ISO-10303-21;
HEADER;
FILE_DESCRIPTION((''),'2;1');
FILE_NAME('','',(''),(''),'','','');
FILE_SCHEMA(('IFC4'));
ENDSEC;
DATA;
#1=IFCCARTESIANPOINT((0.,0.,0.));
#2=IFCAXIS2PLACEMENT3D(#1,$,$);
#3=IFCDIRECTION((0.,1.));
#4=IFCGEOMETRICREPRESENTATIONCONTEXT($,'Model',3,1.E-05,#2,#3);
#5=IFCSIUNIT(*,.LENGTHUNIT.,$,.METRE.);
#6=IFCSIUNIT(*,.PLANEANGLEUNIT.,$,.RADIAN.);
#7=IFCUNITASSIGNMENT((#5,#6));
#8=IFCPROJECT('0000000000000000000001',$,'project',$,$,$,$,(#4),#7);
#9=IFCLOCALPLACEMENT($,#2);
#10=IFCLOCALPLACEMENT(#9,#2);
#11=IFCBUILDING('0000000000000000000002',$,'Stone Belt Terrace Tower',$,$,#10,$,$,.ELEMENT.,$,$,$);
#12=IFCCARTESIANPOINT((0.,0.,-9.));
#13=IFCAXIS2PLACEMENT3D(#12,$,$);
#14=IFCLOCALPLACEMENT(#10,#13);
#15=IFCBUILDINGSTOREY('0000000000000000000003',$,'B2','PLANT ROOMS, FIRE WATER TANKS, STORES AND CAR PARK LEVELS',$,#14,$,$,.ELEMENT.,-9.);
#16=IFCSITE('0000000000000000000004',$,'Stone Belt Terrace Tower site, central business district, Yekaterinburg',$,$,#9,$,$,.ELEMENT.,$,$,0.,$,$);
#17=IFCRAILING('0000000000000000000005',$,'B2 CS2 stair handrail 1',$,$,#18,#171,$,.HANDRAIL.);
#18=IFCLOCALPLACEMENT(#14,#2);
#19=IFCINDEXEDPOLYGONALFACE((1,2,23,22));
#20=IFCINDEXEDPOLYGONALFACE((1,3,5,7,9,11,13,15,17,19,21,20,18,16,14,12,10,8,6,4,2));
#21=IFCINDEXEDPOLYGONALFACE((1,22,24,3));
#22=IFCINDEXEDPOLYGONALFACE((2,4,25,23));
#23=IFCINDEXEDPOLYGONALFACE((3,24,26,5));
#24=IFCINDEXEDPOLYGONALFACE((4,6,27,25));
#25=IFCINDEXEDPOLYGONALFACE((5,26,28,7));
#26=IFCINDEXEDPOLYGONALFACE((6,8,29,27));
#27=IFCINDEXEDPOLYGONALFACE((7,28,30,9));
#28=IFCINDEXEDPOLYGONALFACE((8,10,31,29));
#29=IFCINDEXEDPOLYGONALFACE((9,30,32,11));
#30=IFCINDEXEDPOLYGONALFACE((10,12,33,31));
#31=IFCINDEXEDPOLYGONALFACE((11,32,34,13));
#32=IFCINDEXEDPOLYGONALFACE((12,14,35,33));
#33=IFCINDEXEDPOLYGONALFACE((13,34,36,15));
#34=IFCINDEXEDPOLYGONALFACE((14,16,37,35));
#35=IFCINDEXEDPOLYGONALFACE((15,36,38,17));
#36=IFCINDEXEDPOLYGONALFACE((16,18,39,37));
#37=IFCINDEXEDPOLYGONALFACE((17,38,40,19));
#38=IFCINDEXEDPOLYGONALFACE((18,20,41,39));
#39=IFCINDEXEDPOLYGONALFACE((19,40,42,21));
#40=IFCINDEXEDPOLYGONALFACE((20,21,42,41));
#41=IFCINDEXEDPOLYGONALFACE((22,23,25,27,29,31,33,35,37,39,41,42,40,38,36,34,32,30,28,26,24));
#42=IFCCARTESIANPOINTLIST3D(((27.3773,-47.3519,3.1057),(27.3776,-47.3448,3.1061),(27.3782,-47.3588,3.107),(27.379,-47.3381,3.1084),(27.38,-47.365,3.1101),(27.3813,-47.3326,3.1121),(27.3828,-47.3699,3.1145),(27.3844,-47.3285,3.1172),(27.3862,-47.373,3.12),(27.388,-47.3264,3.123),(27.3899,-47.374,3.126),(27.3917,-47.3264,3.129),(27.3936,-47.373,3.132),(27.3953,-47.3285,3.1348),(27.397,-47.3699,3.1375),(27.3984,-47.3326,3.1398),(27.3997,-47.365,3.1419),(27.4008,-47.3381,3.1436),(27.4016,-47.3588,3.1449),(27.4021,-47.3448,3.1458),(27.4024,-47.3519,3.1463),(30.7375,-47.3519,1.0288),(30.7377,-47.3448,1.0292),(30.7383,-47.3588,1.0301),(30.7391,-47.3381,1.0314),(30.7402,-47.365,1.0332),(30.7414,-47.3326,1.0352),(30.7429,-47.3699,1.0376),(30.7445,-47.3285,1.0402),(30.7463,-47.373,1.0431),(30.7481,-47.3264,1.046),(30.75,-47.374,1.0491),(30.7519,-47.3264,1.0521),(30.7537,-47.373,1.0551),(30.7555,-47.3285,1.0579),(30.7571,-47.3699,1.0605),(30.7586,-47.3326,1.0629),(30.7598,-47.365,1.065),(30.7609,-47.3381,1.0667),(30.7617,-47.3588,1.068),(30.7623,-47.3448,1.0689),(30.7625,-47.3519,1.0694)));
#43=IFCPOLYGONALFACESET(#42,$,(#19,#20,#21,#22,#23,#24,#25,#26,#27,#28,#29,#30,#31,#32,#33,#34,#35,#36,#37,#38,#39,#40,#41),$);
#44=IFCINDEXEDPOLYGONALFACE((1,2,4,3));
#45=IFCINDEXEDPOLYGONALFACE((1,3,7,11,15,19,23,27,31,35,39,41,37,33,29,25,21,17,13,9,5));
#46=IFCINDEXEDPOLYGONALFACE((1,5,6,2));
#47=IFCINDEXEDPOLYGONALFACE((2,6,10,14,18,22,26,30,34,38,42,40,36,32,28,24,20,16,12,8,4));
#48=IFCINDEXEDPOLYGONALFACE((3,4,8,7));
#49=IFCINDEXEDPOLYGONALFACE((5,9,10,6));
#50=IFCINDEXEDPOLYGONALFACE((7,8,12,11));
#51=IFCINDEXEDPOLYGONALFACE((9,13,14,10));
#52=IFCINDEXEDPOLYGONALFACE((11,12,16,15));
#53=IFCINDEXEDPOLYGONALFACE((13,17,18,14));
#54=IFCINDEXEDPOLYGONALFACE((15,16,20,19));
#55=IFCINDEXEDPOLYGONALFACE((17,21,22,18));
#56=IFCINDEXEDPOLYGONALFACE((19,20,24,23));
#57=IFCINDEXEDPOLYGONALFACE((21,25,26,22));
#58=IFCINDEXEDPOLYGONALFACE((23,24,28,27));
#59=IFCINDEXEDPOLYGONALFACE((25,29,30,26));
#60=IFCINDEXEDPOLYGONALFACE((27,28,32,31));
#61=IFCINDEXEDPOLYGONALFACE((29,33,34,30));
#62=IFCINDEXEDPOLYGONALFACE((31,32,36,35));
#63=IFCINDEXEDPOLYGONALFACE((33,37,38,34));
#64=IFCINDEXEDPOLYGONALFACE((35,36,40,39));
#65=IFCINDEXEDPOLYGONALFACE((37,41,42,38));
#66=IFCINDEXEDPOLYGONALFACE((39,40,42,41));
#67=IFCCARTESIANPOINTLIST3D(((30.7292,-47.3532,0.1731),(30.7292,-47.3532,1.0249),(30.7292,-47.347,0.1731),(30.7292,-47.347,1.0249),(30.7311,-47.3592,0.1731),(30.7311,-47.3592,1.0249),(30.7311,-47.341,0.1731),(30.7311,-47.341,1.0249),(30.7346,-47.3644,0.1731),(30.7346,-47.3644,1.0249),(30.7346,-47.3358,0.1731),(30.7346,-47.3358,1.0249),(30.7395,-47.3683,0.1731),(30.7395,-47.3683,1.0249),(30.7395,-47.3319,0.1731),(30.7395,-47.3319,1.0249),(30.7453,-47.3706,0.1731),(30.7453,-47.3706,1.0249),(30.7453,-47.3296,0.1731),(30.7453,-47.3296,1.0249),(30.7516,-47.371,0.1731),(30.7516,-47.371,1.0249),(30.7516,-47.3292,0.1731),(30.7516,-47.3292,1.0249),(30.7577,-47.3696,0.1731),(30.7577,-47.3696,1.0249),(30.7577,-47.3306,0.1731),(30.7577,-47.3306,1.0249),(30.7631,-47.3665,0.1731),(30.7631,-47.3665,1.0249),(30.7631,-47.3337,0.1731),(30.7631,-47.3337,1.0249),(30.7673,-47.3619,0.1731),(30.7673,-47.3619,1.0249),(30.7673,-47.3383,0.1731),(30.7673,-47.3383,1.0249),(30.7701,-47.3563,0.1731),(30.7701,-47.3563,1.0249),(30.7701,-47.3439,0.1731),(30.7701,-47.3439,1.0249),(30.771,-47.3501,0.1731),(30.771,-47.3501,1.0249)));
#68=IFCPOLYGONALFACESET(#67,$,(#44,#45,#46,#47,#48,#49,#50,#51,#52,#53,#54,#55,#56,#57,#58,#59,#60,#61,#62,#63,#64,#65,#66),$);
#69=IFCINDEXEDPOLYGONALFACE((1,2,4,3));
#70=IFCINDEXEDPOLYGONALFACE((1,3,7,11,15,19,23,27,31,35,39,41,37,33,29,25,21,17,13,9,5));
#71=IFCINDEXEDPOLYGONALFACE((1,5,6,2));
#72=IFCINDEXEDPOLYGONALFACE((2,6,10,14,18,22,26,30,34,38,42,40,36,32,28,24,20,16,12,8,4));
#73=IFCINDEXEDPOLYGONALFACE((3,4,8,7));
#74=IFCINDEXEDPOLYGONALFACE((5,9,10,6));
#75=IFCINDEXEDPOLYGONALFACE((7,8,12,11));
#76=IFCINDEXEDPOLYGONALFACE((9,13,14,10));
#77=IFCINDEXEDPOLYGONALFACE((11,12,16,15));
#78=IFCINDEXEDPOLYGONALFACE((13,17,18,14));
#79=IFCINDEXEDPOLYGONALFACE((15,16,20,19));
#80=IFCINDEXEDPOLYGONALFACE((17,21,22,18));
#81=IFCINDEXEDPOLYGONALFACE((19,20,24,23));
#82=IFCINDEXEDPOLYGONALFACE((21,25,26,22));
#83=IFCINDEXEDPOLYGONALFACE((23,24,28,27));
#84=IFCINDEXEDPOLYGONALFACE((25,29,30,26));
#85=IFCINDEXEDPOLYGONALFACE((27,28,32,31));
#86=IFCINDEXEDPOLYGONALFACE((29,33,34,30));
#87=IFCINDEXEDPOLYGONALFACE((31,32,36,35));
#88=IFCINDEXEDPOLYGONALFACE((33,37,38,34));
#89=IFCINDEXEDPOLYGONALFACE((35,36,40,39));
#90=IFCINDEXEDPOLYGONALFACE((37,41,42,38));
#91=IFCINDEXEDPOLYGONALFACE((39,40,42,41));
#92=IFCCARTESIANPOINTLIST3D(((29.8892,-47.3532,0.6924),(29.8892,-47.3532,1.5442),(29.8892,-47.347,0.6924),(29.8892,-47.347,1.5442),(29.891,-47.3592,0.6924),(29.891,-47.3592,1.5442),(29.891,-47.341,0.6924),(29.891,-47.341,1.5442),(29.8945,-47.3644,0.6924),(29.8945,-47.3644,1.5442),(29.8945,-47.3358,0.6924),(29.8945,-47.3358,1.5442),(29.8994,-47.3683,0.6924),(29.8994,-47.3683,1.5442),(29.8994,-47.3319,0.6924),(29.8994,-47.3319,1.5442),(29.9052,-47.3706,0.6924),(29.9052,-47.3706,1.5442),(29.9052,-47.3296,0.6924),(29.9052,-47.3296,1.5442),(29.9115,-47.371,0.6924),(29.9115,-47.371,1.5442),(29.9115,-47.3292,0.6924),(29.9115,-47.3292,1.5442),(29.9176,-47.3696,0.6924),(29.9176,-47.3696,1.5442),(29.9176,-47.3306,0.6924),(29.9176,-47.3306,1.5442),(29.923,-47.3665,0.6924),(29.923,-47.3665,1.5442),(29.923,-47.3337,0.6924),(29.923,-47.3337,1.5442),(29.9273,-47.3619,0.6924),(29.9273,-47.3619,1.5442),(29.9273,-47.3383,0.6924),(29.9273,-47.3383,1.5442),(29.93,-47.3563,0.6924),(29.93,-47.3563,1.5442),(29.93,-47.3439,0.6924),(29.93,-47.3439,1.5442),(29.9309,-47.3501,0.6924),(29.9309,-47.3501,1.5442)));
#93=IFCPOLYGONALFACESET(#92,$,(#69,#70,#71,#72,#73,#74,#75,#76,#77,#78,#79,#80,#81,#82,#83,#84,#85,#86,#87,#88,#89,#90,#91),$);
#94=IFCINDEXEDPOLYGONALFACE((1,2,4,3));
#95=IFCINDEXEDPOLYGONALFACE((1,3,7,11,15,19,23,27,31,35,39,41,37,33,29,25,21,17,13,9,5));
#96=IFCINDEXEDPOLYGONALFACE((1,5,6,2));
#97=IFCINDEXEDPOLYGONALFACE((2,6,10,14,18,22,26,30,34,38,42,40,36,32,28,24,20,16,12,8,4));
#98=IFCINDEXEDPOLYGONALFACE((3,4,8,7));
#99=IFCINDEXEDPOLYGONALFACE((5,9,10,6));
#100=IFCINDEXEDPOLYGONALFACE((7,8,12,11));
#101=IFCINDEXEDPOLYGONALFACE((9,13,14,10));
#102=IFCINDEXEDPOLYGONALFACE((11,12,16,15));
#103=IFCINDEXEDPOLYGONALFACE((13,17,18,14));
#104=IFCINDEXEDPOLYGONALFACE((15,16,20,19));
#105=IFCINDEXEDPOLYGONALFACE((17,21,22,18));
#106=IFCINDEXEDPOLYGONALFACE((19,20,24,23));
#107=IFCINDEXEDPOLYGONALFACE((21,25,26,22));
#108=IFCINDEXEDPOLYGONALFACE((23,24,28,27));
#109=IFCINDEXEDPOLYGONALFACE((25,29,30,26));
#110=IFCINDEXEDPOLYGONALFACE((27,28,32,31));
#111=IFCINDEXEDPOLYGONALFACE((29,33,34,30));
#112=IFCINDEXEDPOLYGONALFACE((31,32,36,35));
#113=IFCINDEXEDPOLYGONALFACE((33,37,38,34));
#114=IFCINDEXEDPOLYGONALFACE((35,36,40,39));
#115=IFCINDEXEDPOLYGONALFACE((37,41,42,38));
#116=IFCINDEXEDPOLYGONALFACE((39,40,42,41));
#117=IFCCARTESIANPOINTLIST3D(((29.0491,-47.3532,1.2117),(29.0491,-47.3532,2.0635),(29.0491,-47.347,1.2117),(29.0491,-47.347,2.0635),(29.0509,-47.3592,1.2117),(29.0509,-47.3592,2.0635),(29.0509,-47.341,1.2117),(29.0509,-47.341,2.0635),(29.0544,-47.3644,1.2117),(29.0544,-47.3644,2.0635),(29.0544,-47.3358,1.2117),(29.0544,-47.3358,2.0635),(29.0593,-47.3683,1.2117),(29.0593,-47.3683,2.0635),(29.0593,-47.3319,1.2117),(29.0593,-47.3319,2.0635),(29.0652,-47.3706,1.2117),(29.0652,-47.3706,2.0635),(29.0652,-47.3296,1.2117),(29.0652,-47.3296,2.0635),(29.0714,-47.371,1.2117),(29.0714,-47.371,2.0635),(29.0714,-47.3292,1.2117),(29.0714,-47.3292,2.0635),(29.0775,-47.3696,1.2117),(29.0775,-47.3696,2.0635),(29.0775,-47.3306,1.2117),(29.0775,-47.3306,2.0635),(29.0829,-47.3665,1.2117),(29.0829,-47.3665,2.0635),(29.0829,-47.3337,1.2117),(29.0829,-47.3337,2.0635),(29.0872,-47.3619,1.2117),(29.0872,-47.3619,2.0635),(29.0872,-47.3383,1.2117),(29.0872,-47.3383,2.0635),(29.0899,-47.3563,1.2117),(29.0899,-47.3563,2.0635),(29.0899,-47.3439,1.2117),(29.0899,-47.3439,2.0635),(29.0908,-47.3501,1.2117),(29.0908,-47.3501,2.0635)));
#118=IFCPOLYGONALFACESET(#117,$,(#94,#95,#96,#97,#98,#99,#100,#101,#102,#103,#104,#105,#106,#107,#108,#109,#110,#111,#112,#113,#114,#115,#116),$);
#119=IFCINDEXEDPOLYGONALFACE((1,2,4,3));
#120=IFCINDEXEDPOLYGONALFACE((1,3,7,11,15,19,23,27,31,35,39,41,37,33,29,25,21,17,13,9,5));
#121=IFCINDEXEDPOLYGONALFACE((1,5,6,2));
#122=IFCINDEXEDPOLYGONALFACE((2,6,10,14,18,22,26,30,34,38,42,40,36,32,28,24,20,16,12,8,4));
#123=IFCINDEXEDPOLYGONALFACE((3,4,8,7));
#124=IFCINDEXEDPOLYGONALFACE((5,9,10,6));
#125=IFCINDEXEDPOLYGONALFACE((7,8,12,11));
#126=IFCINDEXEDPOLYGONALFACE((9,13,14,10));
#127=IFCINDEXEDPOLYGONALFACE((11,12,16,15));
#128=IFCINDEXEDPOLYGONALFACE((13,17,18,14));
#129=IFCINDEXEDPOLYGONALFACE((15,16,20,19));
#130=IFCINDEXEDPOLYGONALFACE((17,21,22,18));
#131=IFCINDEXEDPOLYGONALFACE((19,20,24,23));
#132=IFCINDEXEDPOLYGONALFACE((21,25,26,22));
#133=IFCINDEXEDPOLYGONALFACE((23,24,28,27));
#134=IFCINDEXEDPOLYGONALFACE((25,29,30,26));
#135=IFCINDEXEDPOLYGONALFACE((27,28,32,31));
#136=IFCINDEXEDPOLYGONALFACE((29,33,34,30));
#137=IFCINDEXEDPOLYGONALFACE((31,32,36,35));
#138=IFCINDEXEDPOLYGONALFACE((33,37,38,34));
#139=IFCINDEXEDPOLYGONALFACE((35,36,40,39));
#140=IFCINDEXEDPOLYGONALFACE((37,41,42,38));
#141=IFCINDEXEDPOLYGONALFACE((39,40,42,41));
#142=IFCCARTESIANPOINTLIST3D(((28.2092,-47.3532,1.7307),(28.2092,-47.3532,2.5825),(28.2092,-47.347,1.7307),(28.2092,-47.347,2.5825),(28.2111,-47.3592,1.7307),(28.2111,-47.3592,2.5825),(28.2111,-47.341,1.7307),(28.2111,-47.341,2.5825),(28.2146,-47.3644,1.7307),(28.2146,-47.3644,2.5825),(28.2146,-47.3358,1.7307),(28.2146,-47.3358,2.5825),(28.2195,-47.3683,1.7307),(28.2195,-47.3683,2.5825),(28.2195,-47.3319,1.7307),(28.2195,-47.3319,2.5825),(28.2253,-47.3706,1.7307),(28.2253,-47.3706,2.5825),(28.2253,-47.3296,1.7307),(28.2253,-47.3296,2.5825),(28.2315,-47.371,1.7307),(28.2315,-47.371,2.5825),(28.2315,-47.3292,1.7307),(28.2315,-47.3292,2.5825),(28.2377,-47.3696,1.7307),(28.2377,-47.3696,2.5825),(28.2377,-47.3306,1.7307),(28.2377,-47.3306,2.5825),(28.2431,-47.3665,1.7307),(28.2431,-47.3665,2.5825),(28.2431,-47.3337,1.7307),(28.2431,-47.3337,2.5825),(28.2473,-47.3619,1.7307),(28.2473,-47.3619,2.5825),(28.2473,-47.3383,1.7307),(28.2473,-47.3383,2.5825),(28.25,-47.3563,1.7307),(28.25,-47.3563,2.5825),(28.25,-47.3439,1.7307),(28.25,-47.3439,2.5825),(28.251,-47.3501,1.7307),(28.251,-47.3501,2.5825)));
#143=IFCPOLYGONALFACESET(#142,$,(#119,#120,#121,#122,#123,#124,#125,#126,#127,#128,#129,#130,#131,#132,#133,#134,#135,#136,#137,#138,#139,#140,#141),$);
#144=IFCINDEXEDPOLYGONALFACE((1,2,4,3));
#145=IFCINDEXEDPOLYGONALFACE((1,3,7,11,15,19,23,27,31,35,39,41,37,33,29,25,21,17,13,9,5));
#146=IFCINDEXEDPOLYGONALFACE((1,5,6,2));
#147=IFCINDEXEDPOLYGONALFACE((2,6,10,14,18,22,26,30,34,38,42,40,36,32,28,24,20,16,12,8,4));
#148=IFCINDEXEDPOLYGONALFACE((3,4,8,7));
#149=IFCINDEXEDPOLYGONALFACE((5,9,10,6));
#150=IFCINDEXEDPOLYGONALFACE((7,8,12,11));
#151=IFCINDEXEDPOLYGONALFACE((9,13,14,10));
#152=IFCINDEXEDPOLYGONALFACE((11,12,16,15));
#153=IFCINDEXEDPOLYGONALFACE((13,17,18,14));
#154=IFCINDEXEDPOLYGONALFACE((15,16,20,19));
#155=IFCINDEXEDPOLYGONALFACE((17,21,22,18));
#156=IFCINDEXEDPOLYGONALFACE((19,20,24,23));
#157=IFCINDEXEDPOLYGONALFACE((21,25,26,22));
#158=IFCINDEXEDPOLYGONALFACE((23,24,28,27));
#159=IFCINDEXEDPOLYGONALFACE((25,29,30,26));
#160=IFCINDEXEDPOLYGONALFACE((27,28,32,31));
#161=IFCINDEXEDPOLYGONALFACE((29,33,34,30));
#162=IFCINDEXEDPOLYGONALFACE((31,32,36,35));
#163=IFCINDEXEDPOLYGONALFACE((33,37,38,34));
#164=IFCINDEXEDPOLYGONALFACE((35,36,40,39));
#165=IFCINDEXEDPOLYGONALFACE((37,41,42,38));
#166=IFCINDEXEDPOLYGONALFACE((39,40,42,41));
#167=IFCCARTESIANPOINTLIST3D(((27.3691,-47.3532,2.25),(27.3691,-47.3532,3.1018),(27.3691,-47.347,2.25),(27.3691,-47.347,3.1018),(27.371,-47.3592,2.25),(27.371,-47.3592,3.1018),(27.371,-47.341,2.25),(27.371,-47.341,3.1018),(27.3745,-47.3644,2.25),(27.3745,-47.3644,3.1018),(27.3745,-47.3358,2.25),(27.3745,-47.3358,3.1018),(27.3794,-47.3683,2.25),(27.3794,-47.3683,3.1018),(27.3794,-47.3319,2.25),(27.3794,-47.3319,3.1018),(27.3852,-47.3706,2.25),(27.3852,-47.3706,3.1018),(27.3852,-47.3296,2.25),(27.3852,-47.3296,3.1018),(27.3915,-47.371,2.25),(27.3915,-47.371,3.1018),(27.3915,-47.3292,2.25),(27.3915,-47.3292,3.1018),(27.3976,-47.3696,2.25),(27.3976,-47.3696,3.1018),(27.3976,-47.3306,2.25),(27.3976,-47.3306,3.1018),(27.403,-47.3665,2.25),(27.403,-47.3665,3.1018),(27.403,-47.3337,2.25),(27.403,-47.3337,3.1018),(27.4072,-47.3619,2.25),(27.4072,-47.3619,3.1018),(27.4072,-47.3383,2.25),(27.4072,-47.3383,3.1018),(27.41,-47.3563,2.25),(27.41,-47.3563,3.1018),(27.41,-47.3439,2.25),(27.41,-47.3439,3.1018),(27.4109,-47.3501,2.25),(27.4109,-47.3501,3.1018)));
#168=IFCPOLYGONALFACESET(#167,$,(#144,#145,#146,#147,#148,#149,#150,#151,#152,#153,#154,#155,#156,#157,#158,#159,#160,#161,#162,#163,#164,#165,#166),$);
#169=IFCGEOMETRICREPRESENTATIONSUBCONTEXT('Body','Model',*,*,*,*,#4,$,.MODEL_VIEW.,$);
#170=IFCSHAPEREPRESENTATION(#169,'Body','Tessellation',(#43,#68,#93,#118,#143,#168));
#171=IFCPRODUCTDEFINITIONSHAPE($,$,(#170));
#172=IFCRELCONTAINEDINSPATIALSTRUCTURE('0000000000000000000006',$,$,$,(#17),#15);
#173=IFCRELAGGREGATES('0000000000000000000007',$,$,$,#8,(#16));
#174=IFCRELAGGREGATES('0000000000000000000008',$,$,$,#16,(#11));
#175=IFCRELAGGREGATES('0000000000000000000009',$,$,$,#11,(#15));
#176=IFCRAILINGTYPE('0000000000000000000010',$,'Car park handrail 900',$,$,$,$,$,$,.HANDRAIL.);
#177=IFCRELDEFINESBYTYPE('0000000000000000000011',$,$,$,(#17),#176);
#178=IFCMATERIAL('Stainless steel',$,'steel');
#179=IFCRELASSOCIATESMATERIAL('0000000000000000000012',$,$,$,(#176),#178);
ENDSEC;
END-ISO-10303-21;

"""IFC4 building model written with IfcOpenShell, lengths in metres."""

from ifc_helpers import new_model, si_unit, direction, frame, origin, origin_2d, place, context, subcontext, project, spatial, circle, extrude, material, type_object, element, save


model = new_model("IFC4")

# Units and contexts
model_context = context("Model", 3, precision=1e-05, world=origin(), true_north=direction((0.0, 1.0)))
body_context = subcontext(model_context, "Body", "Model", "MODEL_VIEW")
ifc_project = project(units=[si_unit("LENGTHUNIT", "METRE"), si_unit("PLANEANGLEUNIT", "RADIAN")], contexts=[model_context])

# Site, building, storey
site_placement = place(None, origin())
site = spatial("IfcSite", under=ifc_project, at=site_placement, Name="Stone Belt Terrace Tower site, central business district, Yekaterinburg", CompositionType="ELEMENT", RefElevation=0.0)
building_placement = place(site_placement, origin())
building = spatial("IfcBuilding", under=site, at=building_placement, Name="Stone Belt Terrace Tower", CompositionType="ELEMENT")
storey_placement = place(building_placement, frame((0.0, 0.0, -9.0)))
storey = spatial("IfcBuildingStorey", under=building, at=storey_placement, Name="B2", Description="PLANT ROOMS, FIRE WATER TANKS, STORES AND CAR PARK LEVELS", CompositionType="ELEMENT", Elevation=-9.0)

# Railing
ifc_material_1 = material(Name="Stainless steel", Category="steel")
railing_type_1 = type_object("IfcRailingType", Name="Car park handrail 900", PredefinedType="HANDRAIL", material=ifc_material_1)
railing_1_placement = place(storey_placement, frame((30.75, -47.3501, 0.1731)))
element("IfcRailing", 1, at=railing_1_placement, inside=storey, type_object=railing_type_1, Name="B2 CS2 stair handrail 1", PredefinedType="HANDRAIL", context=body_context, shape_type="SweptSolid", body=[
    extrude(circle(Radius=0.0239, at=origin_2d()), frame((0.0, 0.0, 0.876), z_axis=(-0.850623, 0.0, 0.525776), x_axis=(0.0, -1.0, 0.0)), (0.0, 0.0, 1.0), 3.9502),
    extrude(circle(Radius=0.021, at=origin_2d()), origin(), (0.0, 0.0, 1.0), 0.8518),
    extrude(circle(Radius=0.021, at=origin_2d()), frame((-0.8401, 0.0, 0.5193)), (0.0, 0.0, 1.0), 0.8518),
    extrude(circle(Radius=0.021, at=origin_2d()), frame((-1.6802, 0.0, 1.0386)), (0.0, 0.0, 1.0), 0.8518),
    extrude(circle(Radius=0.021, at=origin_2d()), frame((-2.52, 0.0, 1.5576)), (0.0, 0.0, 1.0), 0.8518),
    extrude(circle(Radius=0.021, at=origin_2d()), frame((-3.3601, 0.0, 2.0769)), (0.0, 0.0, 1.0), 0.8518),
])

save(model, "model.ifc")
